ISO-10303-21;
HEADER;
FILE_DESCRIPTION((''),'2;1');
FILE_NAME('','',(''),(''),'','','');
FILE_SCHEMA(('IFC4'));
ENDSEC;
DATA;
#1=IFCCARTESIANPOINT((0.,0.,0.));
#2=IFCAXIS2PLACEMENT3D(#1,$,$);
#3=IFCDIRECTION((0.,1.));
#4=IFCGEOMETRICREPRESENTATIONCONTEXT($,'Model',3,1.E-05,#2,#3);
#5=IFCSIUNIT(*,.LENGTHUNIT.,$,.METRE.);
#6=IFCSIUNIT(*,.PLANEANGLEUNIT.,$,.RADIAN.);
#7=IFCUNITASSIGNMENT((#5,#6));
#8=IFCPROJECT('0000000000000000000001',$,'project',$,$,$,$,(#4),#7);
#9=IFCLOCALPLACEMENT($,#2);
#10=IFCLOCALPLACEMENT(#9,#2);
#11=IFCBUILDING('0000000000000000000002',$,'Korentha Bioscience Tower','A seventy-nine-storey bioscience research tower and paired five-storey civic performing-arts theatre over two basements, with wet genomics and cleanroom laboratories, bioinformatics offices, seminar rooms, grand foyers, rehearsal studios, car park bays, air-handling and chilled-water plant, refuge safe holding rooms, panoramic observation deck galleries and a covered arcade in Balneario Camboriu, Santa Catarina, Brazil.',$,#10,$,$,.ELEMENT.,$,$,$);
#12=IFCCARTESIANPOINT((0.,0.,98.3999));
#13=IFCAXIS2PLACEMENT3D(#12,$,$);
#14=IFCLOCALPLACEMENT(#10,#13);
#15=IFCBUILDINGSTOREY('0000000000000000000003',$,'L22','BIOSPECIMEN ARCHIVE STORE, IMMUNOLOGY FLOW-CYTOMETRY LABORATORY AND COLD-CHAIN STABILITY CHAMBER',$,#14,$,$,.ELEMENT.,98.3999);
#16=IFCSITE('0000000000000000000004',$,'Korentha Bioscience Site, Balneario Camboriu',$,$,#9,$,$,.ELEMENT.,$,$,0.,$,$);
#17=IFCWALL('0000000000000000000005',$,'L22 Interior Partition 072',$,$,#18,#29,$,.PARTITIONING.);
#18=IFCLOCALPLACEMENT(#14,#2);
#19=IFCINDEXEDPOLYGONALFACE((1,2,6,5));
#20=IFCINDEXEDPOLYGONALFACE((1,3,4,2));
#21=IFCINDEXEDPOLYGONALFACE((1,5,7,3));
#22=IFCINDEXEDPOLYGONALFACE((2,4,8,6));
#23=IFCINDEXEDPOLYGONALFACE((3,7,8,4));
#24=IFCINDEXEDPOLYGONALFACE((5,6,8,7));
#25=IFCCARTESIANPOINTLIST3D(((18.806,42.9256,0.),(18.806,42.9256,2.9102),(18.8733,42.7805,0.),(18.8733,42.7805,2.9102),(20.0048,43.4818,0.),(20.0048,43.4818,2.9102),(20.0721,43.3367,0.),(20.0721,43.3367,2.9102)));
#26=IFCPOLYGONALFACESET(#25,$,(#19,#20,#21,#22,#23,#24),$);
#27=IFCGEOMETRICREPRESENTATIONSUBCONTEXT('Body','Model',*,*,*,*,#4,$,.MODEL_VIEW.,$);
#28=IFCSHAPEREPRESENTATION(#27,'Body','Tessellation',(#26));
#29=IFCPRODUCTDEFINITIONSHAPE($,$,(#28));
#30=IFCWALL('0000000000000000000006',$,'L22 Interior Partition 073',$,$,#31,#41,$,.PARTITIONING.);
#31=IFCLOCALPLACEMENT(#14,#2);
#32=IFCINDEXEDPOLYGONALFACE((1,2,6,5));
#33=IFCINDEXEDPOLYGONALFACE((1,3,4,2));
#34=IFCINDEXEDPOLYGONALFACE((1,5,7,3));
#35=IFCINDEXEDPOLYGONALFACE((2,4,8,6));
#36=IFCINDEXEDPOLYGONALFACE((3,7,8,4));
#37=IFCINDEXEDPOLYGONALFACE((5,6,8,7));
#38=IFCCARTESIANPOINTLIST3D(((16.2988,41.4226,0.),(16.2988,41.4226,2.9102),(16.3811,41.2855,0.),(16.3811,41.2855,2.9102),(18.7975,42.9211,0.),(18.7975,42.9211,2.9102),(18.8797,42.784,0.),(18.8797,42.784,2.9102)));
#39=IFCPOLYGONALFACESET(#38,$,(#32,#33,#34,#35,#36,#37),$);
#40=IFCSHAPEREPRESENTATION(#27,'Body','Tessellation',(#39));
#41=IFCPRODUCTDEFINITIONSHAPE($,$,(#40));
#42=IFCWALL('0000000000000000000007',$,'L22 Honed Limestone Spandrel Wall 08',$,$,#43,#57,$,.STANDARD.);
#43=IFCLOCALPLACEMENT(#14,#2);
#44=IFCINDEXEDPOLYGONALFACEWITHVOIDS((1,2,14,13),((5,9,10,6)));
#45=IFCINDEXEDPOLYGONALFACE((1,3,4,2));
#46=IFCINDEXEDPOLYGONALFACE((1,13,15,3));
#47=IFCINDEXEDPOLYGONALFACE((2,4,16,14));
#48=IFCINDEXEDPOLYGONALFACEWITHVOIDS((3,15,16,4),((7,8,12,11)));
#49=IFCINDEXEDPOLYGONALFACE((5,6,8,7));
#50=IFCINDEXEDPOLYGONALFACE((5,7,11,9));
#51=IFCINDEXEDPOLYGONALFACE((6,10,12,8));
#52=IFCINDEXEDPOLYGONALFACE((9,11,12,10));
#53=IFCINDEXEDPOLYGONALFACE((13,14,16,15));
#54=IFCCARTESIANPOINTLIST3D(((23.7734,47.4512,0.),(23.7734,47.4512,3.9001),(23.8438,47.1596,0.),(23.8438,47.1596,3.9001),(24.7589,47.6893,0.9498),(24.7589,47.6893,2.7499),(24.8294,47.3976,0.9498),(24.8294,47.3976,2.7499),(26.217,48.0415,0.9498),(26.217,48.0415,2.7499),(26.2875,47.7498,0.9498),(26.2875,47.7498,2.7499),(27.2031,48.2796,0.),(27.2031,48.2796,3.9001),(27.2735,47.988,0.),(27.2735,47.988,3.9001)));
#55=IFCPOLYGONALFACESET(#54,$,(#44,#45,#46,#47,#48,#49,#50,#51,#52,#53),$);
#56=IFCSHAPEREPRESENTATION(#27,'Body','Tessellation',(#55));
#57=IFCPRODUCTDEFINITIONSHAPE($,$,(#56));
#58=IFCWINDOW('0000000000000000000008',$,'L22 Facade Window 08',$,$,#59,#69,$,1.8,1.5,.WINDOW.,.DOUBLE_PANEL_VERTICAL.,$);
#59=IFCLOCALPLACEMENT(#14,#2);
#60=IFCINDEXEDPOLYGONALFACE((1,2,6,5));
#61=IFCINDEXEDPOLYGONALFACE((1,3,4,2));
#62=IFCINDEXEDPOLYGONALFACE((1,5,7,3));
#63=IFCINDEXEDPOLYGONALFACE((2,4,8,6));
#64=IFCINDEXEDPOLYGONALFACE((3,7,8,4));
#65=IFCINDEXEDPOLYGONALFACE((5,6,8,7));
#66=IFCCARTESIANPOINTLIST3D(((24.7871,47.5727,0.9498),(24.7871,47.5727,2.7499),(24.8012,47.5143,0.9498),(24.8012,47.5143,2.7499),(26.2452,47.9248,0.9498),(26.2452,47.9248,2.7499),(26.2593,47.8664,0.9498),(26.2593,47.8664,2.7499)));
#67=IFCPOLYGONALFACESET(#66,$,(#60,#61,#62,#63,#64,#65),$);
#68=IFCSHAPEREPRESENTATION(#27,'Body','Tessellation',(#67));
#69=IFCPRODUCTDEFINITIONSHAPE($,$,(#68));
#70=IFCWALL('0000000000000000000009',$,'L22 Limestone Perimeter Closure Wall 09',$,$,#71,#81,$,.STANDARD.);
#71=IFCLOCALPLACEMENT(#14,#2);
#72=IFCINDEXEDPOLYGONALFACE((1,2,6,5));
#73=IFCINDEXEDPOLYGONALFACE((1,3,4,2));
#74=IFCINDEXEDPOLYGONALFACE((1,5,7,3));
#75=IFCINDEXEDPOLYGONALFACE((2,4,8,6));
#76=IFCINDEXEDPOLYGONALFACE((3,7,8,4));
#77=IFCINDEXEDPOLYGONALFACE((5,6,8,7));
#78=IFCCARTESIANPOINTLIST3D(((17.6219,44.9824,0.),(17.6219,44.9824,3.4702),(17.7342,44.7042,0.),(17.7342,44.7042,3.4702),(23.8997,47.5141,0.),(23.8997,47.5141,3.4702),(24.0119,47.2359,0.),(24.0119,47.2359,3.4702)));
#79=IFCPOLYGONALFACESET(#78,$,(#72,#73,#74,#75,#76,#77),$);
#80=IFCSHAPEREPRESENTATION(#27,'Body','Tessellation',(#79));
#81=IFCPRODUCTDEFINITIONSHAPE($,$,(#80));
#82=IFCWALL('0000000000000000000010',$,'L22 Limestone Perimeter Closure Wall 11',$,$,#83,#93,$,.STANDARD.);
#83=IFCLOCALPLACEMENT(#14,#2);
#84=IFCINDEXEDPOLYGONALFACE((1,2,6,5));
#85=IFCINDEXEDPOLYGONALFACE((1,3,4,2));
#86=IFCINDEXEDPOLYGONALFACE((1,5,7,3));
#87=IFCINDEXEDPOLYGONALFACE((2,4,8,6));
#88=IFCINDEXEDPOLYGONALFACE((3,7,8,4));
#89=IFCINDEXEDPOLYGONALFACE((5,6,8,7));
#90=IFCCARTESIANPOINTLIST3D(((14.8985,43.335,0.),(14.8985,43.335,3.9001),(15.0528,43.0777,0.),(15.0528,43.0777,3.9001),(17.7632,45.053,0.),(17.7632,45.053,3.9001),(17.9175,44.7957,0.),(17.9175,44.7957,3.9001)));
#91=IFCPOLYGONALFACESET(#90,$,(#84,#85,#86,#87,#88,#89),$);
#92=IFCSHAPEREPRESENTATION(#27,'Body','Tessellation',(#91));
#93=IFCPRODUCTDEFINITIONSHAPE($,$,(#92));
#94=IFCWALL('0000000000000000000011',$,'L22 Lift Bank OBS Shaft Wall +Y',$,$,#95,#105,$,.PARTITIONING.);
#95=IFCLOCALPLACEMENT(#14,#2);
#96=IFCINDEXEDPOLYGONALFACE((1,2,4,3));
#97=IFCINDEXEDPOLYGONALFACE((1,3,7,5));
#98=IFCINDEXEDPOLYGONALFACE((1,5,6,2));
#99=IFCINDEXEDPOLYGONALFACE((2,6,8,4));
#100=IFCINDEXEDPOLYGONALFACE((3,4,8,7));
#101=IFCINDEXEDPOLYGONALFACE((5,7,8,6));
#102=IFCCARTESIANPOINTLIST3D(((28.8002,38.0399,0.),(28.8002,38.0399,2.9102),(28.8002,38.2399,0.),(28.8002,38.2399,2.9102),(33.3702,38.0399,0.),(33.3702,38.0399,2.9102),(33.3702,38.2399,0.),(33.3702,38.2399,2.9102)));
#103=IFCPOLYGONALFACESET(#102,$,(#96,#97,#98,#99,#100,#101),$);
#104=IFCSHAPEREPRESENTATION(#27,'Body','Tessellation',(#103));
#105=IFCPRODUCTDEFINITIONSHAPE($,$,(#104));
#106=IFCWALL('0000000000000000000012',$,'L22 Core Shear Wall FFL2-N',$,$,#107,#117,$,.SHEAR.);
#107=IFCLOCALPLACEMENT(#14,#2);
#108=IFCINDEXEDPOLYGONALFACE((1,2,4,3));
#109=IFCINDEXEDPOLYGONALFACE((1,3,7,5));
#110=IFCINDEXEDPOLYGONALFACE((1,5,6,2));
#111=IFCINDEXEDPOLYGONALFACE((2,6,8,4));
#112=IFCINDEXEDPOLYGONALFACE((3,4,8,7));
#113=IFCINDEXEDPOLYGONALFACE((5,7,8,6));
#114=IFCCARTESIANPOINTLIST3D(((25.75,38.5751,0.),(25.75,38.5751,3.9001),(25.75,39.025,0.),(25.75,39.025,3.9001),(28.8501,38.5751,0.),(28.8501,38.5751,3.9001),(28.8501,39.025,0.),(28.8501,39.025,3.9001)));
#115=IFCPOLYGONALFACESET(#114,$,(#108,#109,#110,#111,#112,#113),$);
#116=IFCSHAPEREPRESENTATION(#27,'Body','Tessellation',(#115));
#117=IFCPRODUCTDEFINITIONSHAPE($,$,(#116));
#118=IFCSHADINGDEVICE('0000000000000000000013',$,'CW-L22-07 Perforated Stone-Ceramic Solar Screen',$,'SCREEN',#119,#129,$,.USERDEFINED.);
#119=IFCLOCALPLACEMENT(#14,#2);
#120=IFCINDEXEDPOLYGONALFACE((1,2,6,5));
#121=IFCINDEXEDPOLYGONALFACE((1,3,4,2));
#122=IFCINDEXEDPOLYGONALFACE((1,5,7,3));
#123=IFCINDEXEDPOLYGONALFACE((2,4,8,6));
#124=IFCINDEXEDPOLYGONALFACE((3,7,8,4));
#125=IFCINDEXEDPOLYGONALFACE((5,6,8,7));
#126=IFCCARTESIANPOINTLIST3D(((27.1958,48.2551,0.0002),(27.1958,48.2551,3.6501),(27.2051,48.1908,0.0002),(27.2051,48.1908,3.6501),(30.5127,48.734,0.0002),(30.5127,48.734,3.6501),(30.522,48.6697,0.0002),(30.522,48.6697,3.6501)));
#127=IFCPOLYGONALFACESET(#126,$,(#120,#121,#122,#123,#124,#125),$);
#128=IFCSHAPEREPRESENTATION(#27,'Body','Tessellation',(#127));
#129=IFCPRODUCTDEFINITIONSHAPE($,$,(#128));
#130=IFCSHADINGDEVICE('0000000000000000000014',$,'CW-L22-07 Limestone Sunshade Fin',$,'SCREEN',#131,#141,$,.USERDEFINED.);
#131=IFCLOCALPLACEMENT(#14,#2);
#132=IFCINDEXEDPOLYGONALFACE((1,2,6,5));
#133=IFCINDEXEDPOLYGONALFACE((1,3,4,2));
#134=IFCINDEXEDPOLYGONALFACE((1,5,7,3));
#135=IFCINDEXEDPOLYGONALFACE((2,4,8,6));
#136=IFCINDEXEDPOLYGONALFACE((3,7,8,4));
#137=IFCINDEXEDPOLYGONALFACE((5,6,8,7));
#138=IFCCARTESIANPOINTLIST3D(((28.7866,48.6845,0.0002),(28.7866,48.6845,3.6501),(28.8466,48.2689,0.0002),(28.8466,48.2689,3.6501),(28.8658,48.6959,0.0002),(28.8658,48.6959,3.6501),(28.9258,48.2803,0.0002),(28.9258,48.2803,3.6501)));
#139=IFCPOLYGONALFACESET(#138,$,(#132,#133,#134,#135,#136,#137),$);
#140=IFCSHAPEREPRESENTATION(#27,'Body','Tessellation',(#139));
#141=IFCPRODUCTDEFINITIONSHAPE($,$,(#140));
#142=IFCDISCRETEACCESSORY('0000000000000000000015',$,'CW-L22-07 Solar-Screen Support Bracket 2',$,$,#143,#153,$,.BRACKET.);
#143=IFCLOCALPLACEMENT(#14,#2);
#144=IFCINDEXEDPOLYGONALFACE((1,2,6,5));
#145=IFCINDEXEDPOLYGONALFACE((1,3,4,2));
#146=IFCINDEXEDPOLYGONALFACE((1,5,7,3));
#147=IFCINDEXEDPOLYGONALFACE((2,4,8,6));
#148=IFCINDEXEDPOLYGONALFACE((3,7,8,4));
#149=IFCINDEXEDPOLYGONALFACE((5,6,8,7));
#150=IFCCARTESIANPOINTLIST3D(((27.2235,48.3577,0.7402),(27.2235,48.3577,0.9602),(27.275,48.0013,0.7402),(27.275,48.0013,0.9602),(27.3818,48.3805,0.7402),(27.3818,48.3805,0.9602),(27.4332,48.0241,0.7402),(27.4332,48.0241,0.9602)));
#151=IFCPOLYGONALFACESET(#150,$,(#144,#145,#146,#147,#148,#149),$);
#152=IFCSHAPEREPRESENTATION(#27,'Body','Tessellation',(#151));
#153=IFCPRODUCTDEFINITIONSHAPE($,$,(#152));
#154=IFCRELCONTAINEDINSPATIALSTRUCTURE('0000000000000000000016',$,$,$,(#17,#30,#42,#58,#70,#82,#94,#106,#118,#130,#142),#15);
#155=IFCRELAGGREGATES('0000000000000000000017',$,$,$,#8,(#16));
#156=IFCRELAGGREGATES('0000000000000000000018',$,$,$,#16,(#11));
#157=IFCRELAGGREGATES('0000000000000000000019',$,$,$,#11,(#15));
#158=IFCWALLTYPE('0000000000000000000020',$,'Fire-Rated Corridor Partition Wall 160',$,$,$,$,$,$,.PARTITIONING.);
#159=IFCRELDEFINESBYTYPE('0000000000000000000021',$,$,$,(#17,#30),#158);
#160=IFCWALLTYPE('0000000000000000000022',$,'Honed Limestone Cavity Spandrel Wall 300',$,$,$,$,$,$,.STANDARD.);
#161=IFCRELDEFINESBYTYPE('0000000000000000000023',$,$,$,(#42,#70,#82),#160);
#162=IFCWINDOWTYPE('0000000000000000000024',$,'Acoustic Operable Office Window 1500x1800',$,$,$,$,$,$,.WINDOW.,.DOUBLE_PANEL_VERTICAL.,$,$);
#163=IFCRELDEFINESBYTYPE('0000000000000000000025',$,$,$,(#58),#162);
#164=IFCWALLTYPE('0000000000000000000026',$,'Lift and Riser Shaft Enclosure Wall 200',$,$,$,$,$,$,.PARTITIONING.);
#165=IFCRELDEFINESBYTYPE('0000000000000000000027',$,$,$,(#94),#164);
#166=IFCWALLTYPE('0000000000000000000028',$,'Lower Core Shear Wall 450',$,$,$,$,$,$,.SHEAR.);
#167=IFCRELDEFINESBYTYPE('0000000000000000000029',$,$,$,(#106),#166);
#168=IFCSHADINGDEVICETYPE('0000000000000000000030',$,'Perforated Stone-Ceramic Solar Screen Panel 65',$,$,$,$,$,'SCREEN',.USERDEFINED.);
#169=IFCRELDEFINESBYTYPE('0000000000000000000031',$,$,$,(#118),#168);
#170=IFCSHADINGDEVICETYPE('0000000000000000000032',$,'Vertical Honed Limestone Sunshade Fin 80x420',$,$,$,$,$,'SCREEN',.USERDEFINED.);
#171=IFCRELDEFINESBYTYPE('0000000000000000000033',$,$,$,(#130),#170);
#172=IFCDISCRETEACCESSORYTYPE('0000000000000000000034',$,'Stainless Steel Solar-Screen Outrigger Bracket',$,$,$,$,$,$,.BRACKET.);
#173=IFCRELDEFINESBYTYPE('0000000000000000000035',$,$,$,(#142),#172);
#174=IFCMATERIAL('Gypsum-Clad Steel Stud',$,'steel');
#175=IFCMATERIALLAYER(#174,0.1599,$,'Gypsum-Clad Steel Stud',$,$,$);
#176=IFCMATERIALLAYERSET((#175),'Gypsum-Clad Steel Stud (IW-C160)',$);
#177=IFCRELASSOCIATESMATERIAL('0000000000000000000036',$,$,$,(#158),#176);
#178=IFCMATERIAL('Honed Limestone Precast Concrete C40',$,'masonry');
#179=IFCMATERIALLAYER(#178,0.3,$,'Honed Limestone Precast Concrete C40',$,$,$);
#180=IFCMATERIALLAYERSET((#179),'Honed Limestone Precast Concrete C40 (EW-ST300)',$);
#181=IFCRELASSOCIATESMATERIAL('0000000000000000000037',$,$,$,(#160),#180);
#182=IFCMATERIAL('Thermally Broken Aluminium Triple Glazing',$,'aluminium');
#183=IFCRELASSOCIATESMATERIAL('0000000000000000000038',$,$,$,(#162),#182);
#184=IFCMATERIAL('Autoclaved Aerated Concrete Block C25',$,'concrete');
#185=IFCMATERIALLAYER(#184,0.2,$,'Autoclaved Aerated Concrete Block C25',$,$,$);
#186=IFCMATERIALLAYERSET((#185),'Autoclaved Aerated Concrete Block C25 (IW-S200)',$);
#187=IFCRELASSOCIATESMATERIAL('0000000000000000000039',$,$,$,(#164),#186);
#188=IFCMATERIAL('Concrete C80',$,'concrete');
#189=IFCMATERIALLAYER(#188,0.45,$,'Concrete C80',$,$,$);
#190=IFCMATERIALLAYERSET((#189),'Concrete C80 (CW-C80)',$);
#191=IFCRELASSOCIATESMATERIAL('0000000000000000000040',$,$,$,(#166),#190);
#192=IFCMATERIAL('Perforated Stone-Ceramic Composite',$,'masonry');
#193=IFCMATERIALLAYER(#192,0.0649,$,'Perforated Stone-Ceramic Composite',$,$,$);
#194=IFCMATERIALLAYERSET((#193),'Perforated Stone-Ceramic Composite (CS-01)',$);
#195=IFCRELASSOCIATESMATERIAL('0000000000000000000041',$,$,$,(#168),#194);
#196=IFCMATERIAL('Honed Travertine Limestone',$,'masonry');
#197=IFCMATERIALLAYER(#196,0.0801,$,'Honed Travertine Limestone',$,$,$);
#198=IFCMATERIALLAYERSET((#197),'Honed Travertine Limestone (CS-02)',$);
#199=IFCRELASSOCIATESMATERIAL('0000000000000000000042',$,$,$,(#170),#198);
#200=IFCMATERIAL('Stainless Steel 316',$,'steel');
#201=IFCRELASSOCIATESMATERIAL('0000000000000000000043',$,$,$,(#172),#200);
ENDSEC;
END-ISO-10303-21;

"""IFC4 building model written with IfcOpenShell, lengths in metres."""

from ifc_helpers import new_model, si_unit, direction, frame, frame_2d, origin, origin_2d, place, context, subcontext, project, spatial, rectangle, extrude, material, layer, layer_set, type_object, element, fill, save


model = new_model("IFC4")

# Units and contexts
model_context = context("Model", 3, precision=1e-05, world=origin(), true_north=direction((0.0, 1.0)))
body_context = subcontext(model_context, "Body", "Model", "MODEL_VIEW")
ifc_project = project(units=[si_unit("LENGTHUNIT", "METRE"), si_unit("PLANEANGLEUNIT", "RADIAN")], contexts=[model_context])

# Site, building, storey
site_placement = place(None, origin())
site = spatial("IfcSite", under=ifc_project, at=site_placement, Name="Korentha Bioscience Site, Balneario Camboriu", CompositionType="ELEMENT", RefElevation=0.0)
building_placement = place(site_placement, origin())
building = spatial("IfcBuilding", under=site, at=building_placement, Name="Korentha Bioscience Tower", Description="A seventy-nine-storey bioscience research tower and paired five-storey civic performing-arts theatre over two basements, with wet genomics and cleanroom laboratories, bioinformatics offices, seminar rooms, grand foyers, rehearsal studios, car park bays, air-handling and chilled-water plant, refuge safe holding rooms, panoramic observation deck galleries and a covered arcade in Balneario Camboriu, Santa Catarina, Brazil.", CompositionType="ELEMENT")
storey_placement = place(building_placement, frame((0.0, 0.0, 98.3999)))
storey = spatial("IfcBuildingStorey", under=building, at=storey_placement, Name="L22", Description="BIOSPECIMEN ARCHIVE STORE, IMMUNOLOGY FLOW-CYTOMETRY LABORATORY AND COLD-CHAIN STABILITY CHAMBER", CompositionType="ELEMENT", Elevation=98.3999)

# Shared definitions
ifc_material_1 = material(Name="Concrete C80", Category="concrete")

# Walls
ifc_material_2 = material(Name="Gypsum-Clad Steel Stud", Category="steel")
ifc_layer_1 = layer(ifc_material_2, 0.1599, Name="Gypsum-Clad Steel Stud")
ifc_layer_set_1 = layer_set([ifc_layer_1], Name="Gypsum-Clad Steel Stud (IW-C160)")
wall_type_1 = type_object("IfcWallType", Name="Fire-Rated Corridor Partition Wall 160", PredefinedType="PARTITIONING", material=ifc_layer_set_1)
wall_1_placement = place(storey_placement, frame((20.0383, 43.4092, 0.0), z_axis=(0.0, 0.0, 1.0), x_axis=(-0.907125, -0.420862, 0.0)))
element("IfcWall", 1, at=wall_1_placement, inside=storey, type_object=wall_type_1, Name="L22 Interior Partition 072", PredefinedType="PARTITIONING", context=body_context, shape_type="SweptSolid", body=[
    extrude(rectangle(XDim=1.3215, YDim=0.1599, at=frame_2d((0.6606, 0.0))), origin(), (0.0, 0.0, 1.0), 2.9102),
])
wall_2_placement = place(storey_placement, frame((18.8386, 42.8525, 0.0), z_axis=(0.0, 0.0, 1.0), x_axis=(-0.857604, -0.514311, 0.0)))
element("IfcWall", 2, at=wall_2_placement, inside=storey, type_object=wall_type_1, Name="L22 Interior Partition 073", PredefinedType="PARTITIONING", context=body_context, shape_type="SweptSolid", body=[
    extrude(rectangle(XDim=2.9136, YDim=0.1599, at=frame_2d((1.4568, 0.0))), origin(), (0.0, 0.0, 1.0), 2.9102),
])

# Wall, opening, window
ifc_material_3 = material(Name="Honed Limestone Precast Concrete C40", Category="masonry")
ifc_layer_2 = layer(ifc_material_3, 0.3, Name="Honed Limestone Precast Concrete C40")
ifc_layer_set_2 = layer_set([ifc_layer_2], Name="Honed Limestone Precast Concrete C40 (EW-ST300)")
wall_type_2 = type_object("IfcWallType", Name="Honed Limestone Cavity Spandrel Wall 300", PredefinedType="STANDARD", material=ifc_layer_set_2)
wall_3_placement = place(storey_placement, frame((27.2383, 48.1338, 0.0), z_axis=(0.0, 0.0, 1.0), x_axis=(-0.972049, -0.234778, 0.0)))
wall_3 = element("IfcWall", 3, at=wall_3_placement, inside=storey, type_object=wall_type_2, Name="L22 Honed Limestone Spandrel Wall 08", PredefinedType="STANDARD", context=body_context, shape_type="SweptSolid", body=[
    extrude(rectangle(XDim=3.5283, YDim=0.3, at=frame_2d((1.7642, 0.0))), origin(), (0.0, 0.0, 1.0), 3.9001),
])
opening_placement = place(wall_3_placement, frame((1.0144, 0.0, 0.95)))
opening = element("IfcOpeningElement", 4, at=opening_placement, cuts=wall_3, PredefinedType="OPENING", context=body_context, shape_type="SweptSolid", body=[
    extrude(rectangle(XDim=1.5, YDim=1.8, at=frame_2d((0.75, 0.8999))), frame((0.0, 0.165, 0.0), z_axis=(0.0, -1.0, 0.0), x_axis=(1.0, 0.0, 0.0)), (0.0, 0.0, 1.0), 0.3298),
])
ifc_material_4 = material(Name="Thermally Broken Aluminium Triple Glazing", Category="aluminium")
window_type = type_object("IfcWindowType", Name="Acoustic Operable Office Window 1500x1800", PartitioningType="DOUBLE_PANEL_VERTICAL", PredefinedType="WINDOW", material=ifc_material_4)
window_placement = place(opening_placement, origin())
window = element("IfcWindow", 5, at=window_placement, inside=storey, type_object=window_type, Name="L22 Facade Window 08", OverallHeight=1.8, OverallWidth=1.5, PartitioningType="DOUBLE_PANEL_VERTICAL", PredefinedType="WINDOW", context=body_context, shape_type="SweptSolid", body=[
    extrude(rectangle(XDim=1.5, YDim=1.8, at=frame_2d((0.75, 0.8999))), frame((0.0, 0.03, 0.0), z_axis=(0.0, -1.0, 0.0), x_axis=(1.0, 0.0, 0.0)), (0.0, 0.0, 1.0), 0.0601),
])
fill(opening, window)

# Walls
wall_4_placement = place(storey_placement, frame((23.9558, 47.375, 0.0), z_axis=(0.0, 0.0, 1.0), x_axis=(-0.927423, -0.374013, 0.0)))
element("IfcWall", 6, at=wall_4_placement, inside=storey, type_object=wall_type_2, Name="L22 Limestone Perimeter Closure Wall 09", PredefinedType="STANDARD", context=body_context, shape_type="SweptSolid", body=[
    extrude(rectangle(XDim=6.769, YDim=0.3, at=frame_2d((3.3845, 0.0))), origin(), (0.0, 0.0, 1.0), 3.4702),
])
wall_5_placement = place(storey_placement, frame((17.8403, 44.9243, 0.0), z_axis=(0.0, 0.0, 1.0), x_axis=(-0.857603, -0.514313, 0.0)))
element("IfcWall", 7, at=wall_5_placement, inside=storey, type_object=wall_type_2, Name="L22 Limestone Perimeter Closure Wall 11", PredefinedType="STANDARD", context=body_context, shape_type="SweptSolid", body=[
    extrude(rectangle(XDim=3.3403, YDim=0.3, at=frame_2d((1.6702, 0.0))), origin(), (0.0, 0.0, 1.0), 3.9001),
])
ifc_material_5 = material(Name="Autoclaved Aerated Concrete Block C25", Category="concrete")
ifc_layer_3 = layer(ifc_material_5, 0.2, Name="Autoclaved Aerated Concrete Block C25")
ifc_layer_set_3 = layer_set([ifc_layer_3], Name="Autoclaved Aerated Concrete Block C25 (IW-S200)")
wall_type_3 = type_object("IfcWallType", Name="Lift and Riser Shaft Enclosure Wall 200", PredefinedType="PARTITIONING", material=ifc_layer_set_3)
wall_6_placement = place(storey_placement, frame((28.8, 38.1399, 0.0), z_axis=(0.0, 0.0, 1.0), x_axis=(1.0, 0.0, 0.0)))
element("IfcWall", 8, at=wall_6_placement, inside=storey, type_object=wall_type_3, Name="L22 Lift Bank OBS Shaft Wall +Y", PredefinedType="PARTITIONING", context=body_context, shape_type="SweptSolid", body=[
    extrude(rectangle(XDim=4.5701, YDim=0.2, at=frame_2d((2.2852, 0.0))), origin(), (0.0, 0.0, 1.0), 2.9102),
])
ifc_layer_4 = layer(ifc_material_1, 0.45, Name="Concrete C80")
ifc_layer_set_4 = layer_set([ifc_layer_4], Name="Concrete C80 (CW-C80)")
wall_type_4 = type_object("IfcWallType", Name="Lower Core Shear Wall 450", PredefinedType="SHEAR", material=ifc_layer_set_4)
wall_7_placement = place(storey_placement, frame((25.75, 38.8, 0.0), z_axis=(0.0, 0.0, 1.0), x_axis=(1.0, 0.0, 0.0)))
element("IfcWall", 9, at=wall_7_placement, inside=storey, type_object=wall_type_4, Name="L22 Core Shear Wall FFL2-N", PredefinedType="SHEAR", context=body_context, shape_type="SweptSolid", body=[
    extrude(rectangle(XDim=3.1001, YDim=0.45, at=frame_2d((1.55, 0.0))), origin(), (0.0, 0.0, 1.0), 3.9001),
])

# Shading devices
ifc_material_6 = material(Name="Perforated Stone-Ceramic Composite", Category="masonry")
ifc_layer_5 = layer(ifc_material_6, 0.0649, Name="Perforated Stone-Ceramic Composite")
ifc_layer_set_5 = layer_set([ifc_layer_5], Name="Perforated Stone-Ceramic Composite (CS-01)")
shading_device_type_1 = type_object("IfcShadingDeviceType", Name="Perforated Stone-Ceramic Solar Screen Panel 65", ElementType="SCREEN", PredefinedType="USERDEFINED", material=ifc_layer_set_5)
shading_device_1_placement = place(storey_placement, frame((28.8589, 48.4624, 0.0002), z_axis=(0.0, 0.0, 1.0), x_axis=(-0.989738, -0.142892, 0.0)))
element("IfcShadingDevice", 10, at=shading_device_1_placement, inside=storey, type_object=shading_device_type_1, Name="CW-L22-07 Perforated Stone-Ceramic Solar Screen", ObjectType="SCREEN", PredefinedType="USERDEFINED", context=body_context, shape_type="SweptSolid", body=[
    extrude(rectangle(XDim=3.3513, YDim=0.0649, at=origin_2d()), origin(), (0.0, 0.0, 1.0), 3.6499),
])
ifc_material_7 = material(Name="Honed Travertine Limestone", Category="masonry")
ifc_layer_6 = layer(ifc_material_7, 0.0801, Name="Honed Travertine Limestone")
ifc_layer_set_6 = layer_set([ifc_layer_6], Name="Honed Travertine Limestone (CS-02)")
shading_device_type_2 = type_object("IfcShadingDeviceType", Name="Vertical Honed Limestone Sunshade Fin 80x420", ElementType="SCREEN", PredefinedType="USERDEFINED", material=ifc_layer_set_6)
shading_device_2_placement = place(storey_placement, frame((28.8562, 48.4824, 0.0002), z_axis=(0.0, 0.0, 1.0), x_axis=(-0.989738, -0.142892, 0.0)))
element("IfcShadingDevice", 11, at=shading_device_2_placement, inside=storey, type_object=shading_device_type_2, Name="CW-L22-07 Limestone Sunshade Fin", ObjectType="SCREEN", PredefinedType="USERDEFINED", context=body_context, shape_type="SweptSolid", body=[
    extrude(rectangle(XDim=0.0801, YDim=0.4199, at=origin_2d()), origin(), (0.0, 0.0, 1.0), 3.6499),
])

# Discrete accessory
ifc_material_8 = material(Name="Stainless Steel 316", Category="steel")
discrete_accessory_type = type_object("IfcDiscreteAccessoryType", Name="Stainless Steel Solar-Screen Outrigger Bracket", PredefinedType="BRACKET", material=ifc_material_8)
discrete_accessory_placement = place(storey_placement, frame((27.3284, 48.1909, 0.7402), z_axis=(0.0, 0.0, 1.0), x_axis=(-0.989738, -0.142892, 0.0)))
element("IfcDiscreteAccessory", 12, at=discrete_accessory_placement, inside=storey, type_object=discrete_accessory_type, Name="CW-L22-07 Solar-Screen Support Bracket 2", PredefinedType="BRACKET", context=body_context, shape_type="SweptSolid", body=[
    extrude(rectangle(XDim=0.1599, YDim=0.3601, at=origin_2d()), origin(), (0.0, 0.0, 1.0), 0.22),
])

save(model, "model.ifc")
